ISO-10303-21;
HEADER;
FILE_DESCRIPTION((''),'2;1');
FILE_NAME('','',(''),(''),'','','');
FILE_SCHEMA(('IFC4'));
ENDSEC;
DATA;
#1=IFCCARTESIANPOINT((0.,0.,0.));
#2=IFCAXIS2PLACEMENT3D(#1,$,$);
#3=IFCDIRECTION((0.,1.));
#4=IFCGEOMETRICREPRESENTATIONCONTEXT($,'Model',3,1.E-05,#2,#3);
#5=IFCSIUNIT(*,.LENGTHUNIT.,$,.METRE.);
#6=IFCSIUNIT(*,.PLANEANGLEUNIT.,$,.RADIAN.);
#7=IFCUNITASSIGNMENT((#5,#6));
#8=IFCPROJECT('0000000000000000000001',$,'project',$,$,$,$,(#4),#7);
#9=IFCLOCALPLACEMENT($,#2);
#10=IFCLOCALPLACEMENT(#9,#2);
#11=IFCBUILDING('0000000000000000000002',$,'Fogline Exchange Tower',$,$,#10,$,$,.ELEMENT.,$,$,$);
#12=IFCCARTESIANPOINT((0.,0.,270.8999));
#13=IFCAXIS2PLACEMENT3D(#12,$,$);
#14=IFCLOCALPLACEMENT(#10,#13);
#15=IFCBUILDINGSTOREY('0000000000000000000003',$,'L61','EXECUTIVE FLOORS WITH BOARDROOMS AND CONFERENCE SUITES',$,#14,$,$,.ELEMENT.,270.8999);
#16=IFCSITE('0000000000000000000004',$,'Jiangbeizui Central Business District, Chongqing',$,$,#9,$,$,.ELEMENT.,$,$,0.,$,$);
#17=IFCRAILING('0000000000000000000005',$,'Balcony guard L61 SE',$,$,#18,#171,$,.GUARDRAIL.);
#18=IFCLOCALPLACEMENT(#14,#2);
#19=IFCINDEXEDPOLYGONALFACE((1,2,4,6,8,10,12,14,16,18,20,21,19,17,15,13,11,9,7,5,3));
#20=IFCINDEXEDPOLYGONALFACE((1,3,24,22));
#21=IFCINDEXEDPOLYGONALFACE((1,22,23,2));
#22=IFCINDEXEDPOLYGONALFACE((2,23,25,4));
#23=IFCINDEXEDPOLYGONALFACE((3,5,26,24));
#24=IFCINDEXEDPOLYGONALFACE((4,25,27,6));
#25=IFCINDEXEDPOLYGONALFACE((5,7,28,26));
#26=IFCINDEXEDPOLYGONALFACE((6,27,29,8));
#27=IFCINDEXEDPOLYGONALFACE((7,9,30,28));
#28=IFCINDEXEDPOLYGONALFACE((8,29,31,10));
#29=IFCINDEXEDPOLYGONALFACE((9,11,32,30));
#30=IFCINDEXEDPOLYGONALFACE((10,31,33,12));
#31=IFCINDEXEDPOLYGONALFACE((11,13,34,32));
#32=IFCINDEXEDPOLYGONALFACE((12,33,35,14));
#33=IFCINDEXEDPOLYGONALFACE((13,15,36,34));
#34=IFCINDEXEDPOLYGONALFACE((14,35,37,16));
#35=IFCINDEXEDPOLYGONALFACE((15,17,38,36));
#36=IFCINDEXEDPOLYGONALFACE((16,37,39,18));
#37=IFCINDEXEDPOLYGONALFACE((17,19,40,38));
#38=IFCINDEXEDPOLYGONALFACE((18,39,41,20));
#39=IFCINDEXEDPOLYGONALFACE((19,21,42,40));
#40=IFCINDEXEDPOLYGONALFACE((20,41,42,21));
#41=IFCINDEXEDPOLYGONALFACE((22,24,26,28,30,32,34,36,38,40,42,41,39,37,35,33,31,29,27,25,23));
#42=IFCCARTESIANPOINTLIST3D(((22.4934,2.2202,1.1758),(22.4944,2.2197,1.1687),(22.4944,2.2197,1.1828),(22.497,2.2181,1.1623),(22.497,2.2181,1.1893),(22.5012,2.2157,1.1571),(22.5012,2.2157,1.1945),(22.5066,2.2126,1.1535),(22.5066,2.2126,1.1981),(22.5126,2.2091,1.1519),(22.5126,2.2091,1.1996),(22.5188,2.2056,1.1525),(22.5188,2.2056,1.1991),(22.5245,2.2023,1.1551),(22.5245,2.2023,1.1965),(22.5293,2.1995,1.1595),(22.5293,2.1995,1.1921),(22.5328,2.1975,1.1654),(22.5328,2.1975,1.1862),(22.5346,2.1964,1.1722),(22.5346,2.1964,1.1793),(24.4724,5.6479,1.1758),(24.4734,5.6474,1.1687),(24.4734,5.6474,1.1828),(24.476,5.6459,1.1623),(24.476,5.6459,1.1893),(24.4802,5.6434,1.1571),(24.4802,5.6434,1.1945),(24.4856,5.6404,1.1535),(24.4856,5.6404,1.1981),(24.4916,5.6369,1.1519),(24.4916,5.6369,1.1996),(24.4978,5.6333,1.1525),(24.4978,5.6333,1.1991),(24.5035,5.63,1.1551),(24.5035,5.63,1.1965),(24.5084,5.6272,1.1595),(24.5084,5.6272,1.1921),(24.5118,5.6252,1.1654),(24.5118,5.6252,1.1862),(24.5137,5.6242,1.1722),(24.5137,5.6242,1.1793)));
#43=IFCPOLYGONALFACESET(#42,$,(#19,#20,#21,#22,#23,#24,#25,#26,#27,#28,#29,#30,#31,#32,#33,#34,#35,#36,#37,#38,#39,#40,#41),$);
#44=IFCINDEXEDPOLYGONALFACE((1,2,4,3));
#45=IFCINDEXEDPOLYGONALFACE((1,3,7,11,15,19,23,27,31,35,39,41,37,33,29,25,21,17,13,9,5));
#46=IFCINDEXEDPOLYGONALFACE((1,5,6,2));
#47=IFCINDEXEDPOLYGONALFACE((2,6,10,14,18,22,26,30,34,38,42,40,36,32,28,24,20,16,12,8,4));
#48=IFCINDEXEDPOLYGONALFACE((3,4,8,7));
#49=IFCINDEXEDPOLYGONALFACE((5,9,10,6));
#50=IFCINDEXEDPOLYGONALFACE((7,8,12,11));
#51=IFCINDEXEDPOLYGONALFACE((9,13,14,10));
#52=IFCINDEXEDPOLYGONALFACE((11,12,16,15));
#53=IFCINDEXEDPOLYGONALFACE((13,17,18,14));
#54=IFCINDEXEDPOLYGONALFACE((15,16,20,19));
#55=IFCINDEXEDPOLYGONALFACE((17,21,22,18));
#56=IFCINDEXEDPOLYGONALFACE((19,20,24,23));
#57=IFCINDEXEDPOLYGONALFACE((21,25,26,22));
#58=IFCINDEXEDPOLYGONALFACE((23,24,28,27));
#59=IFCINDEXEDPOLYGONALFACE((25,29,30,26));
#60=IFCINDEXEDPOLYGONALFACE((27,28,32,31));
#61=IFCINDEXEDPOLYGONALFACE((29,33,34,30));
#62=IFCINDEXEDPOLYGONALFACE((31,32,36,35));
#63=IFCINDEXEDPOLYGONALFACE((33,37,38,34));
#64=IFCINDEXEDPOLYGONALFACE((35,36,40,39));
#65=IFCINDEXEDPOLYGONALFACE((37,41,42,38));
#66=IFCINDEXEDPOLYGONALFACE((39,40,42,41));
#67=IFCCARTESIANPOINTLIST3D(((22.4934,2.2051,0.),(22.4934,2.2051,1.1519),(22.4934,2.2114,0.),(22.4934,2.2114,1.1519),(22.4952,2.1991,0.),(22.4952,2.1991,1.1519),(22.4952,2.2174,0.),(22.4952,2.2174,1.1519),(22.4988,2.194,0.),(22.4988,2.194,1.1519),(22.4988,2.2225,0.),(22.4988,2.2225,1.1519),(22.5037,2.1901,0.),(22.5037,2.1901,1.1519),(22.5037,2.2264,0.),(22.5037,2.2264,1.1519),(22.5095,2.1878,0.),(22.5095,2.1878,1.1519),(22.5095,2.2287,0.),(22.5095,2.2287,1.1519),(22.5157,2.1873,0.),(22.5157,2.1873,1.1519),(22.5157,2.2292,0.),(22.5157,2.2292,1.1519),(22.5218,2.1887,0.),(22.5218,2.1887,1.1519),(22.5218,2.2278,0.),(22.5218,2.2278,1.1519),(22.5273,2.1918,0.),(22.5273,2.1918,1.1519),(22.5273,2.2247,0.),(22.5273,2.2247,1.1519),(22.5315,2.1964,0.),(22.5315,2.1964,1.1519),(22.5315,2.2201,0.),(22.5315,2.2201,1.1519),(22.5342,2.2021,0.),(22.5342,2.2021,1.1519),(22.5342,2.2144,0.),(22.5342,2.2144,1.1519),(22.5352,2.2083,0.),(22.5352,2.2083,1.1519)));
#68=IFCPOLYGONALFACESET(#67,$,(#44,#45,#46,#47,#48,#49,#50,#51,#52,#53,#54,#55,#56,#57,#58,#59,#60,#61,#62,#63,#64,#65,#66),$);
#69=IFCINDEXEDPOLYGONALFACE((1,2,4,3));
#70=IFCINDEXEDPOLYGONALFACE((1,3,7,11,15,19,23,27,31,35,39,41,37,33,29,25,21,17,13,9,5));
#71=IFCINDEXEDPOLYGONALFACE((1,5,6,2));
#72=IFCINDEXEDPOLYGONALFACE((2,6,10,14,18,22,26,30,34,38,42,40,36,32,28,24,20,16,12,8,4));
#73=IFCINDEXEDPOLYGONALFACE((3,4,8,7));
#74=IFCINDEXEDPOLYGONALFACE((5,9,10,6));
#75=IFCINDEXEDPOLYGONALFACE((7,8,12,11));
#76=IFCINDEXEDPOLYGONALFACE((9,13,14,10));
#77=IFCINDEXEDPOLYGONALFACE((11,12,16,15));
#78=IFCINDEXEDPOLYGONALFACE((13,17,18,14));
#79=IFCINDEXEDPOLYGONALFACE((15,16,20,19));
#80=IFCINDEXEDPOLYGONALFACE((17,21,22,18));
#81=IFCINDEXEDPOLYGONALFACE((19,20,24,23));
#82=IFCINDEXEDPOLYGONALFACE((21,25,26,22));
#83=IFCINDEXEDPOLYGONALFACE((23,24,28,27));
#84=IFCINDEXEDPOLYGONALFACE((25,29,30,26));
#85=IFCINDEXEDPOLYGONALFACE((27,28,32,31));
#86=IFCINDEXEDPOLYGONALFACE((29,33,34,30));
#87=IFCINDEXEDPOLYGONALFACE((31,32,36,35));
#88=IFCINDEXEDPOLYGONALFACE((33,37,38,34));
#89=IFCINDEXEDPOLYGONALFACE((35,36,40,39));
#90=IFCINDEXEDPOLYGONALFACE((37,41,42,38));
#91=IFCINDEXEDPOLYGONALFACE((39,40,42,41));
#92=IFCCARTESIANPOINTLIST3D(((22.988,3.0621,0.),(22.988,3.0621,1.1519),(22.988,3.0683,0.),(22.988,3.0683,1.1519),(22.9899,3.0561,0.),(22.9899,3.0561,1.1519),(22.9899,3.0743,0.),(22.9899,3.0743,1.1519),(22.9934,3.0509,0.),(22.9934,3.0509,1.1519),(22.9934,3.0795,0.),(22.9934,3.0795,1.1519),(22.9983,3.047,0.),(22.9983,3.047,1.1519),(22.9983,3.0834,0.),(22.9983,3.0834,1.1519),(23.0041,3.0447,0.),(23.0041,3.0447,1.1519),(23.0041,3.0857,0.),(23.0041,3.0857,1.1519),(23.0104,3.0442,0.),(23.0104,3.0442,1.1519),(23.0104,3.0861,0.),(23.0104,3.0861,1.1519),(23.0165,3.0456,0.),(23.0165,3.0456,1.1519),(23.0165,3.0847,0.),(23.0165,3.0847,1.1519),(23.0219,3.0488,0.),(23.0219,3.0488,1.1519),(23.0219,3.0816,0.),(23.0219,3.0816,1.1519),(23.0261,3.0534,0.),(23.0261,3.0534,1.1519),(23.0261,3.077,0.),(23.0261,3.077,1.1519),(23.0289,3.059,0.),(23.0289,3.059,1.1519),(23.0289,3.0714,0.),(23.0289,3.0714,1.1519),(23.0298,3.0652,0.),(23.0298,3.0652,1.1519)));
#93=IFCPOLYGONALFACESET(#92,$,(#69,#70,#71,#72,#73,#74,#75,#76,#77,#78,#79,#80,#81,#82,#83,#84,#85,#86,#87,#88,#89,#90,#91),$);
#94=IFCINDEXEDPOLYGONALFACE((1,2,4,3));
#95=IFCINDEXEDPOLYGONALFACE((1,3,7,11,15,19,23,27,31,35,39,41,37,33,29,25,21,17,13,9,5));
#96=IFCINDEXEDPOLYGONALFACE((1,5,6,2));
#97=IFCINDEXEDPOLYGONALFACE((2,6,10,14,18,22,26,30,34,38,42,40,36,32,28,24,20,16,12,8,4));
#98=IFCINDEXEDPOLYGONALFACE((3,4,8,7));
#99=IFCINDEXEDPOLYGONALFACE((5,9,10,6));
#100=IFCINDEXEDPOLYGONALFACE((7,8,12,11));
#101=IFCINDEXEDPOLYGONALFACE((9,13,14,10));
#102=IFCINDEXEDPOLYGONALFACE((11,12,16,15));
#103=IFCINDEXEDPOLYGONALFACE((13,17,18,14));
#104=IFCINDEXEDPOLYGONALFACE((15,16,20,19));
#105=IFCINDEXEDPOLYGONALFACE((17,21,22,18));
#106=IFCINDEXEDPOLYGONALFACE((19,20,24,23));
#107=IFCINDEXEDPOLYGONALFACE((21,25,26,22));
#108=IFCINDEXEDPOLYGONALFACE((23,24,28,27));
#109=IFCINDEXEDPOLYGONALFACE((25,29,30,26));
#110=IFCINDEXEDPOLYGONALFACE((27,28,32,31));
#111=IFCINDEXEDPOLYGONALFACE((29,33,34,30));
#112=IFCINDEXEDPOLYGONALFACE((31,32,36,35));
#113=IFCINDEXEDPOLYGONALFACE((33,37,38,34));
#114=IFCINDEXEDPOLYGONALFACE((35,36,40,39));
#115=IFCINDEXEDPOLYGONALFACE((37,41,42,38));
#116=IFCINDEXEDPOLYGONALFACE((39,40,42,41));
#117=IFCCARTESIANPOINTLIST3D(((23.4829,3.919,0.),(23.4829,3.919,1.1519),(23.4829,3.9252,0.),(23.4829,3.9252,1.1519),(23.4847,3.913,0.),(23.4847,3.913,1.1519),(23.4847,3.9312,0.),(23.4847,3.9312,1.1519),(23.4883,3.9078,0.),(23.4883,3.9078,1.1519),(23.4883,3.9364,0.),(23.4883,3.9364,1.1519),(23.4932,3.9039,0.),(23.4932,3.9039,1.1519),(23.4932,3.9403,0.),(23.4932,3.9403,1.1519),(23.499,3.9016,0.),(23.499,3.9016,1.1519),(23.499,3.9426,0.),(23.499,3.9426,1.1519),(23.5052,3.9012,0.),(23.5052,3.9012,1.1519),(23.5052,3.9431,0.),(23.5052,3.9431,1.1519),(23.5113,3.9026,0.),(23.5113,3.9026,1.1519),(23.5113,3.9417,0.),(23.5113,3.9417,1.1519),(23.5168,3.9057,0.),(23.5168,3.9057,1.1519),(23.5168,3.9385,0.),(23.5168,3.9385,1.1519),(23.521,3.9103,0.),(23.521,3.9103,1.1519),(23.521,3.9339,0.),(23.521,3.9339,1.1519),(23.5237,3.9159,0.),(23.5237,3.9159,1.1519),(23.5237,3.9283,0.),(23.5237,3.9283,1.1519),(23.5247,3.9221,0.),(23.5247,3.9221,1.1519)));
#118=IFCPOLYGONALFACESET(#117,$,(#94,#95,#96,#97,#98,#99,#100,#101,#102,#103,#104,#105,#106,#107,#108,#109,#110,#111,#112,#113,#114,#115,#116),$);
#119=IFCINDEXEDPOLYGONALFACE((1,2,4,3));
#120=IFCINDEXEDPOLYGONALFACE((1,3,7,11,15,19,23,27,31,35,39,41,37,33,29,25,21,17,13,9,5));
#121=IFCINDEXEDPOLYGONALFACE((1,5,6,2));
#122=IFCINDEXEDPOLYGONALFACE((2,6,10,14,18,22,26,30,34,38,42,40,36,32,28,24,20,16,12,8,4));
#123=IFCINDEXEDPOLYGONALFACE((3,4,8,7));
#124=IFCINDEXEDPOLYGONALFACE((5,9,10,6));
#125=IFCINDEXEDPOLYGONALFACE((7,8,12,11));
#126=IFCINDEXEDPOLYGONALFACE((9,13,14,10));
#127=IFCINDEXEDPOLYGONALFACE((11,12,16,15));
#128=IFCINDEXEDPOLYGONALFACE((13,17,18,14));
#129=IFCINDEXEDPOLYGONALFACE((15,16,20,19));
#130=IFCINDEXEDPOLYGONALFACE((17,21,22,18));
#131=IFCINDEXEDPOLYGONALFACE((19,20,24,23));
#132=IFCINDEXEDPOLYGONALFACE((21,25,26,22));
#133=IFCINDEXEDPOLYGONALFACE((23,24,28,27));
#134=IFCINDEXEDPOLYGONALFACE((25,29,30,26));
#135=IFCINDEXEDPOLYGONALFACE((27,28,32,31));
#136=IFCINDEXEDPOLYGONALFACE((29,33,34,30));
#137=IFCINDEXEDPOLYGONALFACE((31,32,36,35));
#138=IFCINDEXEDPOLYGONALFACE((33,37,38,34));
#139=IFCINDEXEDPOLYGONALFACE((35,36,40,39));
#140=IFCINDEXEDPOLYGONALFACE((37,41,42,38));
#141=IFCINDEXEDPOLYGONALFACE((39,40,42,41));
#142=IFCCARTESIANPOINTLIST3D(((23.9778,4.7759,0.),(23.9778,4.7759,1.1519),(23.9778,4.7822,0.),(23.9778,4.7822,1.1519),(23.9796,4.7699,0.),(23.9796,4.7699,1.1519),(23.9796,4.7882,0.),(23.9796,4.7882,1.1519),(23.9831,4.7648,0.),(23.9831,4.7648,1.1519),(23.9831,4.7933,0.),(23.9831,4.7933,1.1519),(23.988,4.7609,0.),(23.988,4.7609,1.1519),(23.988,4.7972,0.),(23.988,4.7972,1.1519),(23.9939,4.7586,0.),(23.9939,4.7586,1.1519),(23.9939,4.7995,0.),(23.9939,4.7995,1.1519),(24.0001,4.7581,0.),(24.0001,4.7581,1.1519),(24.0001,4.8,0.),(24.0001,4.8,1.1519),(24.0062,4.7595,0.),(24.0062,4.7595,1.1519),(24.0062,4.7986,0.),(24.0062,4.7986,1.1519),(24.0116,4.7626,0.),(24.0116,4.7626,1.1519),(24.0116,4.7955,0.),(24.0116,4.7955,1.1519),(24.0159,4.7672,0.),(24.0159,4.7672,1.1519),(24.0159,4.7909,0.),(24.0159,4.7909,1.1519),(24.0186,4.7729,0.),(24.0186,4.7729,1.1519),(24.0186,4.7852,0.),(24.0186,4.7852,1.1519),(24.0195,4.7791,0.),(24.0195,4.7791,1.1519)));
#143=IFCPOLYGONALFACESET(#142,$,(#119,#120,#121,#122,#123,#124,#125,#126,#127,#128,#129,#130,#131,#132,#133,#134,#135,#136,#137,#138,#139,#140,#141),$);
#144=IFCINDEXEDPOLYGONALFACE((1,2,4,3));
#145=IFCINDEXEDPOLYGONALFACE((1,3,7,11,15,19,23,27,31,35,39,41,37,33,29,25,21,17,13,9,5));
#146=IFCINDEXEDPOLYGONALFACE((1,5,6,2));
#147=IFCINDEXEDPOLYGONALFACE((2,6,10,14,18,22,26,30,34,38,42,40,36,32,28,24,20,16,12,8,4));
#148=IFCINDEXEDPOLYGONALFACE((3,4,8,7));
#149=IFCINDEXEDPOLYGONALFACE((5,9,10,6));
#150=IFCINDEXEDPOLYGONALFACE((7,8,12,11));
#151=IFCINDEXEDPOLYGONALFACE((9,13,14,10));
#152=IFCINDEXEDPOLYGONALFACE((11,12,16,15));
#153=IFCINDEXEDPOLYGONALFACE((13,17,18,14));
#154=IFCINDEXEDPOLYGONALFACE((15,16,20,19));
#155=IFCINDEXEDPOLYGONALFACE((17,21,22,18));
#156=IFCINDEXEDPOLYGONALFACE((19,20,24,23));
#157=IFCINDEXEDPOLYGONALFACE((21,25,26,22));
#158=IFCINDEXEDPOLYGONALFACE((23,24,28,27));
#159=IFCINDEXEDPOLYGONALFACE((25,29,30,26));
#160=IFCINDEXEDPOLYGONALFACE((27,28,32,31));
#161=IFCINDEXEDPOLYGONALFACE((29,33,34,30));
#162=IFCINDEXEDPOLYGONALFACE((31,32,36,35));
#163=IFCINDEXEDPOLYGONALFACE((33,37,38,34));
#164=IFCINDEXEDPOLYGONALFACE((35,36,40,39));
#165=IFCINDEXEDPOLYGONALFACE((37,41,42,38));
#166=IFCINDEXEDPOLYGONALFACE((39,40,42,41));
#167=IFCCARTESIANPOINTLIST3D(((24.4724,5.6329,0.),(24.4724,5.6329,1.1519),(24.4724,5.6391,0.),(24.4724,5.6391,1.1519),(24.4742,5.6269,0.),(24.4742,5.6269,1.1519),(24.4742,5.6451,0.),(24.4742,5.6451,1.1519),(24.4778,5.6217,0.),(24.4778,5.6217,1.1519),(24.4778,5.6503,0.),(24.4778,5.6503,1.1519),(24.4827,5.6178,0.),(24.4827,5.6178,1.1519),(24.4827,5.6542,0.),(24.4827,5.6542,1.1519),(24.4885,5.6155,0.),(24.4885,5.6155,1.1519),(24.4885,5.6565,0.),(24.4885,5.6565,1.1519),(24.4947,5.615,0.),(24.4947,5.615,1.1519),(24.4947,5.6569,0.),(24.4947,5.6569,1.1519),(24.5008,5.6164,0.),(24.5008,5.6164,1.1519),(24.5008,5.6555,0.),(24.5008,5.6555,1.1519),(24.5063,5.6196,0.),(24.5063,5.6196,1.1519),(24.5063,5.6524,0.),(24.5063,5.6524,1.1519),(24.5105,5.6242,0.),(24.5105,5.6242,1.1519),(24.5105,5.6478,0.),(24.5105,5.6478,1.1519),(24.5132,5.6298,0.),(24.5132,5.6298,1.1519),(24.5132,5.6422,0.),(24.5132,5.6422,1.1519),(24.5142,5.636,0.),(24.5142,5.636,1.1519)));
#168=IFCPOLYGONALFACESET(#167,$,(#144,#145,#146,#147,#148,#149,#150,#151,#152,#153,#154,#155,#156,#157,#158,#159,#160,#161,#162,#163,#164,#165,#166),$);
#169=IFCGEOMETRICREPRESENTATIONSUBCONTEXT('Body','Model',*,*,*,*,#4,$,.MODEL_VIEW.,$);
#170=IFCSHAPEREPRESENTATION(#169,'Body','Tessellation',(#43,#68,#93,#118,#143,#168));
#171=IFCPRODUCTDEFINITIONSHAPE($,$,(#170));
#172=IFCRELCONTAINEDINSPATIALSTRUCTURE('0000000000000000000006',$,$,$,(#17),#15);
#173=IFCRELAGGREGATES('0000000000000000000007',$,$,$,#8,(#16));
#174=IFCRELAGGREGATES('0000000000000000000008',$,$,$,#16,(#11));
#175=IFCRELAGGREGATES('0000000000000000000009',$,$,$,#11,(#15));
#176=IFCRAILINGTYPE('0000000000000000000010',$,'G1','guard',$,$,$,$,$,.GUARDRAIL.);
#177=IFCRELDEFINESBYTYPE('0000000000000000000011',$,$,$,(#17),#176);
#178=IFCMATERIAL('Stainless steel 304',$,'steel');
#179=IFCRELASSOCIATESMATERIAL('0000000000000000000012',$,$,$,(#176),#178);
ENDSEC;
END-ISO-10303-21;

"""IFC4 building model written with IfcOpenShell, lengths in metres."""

from ifc_helpers import new_model, si_unit, direction, frame, origin, origin_2d, place, context, subcontext, project, spatial, circle, extrude, material, type_object, element, save


model = new_model("IFC4")

# Units and contexts
model_context = context("Model", 3, precision=1e-05, world=origin(), true_north=direction((0.0, 1.0)))
body_context = subcontext(model_context, "Body", "Model", "MODEL_VIEW")
ifc_project = project(units=[si_unit("LENGTHUNIT", "METRE"), si_unit("PLANEANGLEUNIT", "RADIAN")], contexts=[model_context])

# Site, building, storey
site_placement = place(None, origin())
site = spatial("IfcSite", under=ifc_project, at=site_placement, Name="Jiangbeizui Central Business District, Chongqing", CompositionType="ELEMENT", RefElevation=0.0)
building_placement = place(site_placement, origin())
building = spatial("IfcBuilding", under=site, at=building_placement, Name="Fogline Exchange Tower", CompositionType="ELEMENT")
storey_placement = place(building_placement, frame((0.0, 0.0, 270.8999)))
storey = spatial("IfcBuildingStorey", under=building, at=storey_placement, Name="L61", Description="EXECUTIVE FLOORS WITH BOARDROOMS AND CONFERENCE SUITES", CompositionType="ELEMENT", Elevation=270.8999)

# Railing
ifc_material_1 = material(Name="Stainless steel 304", Category="steel")
railing_type = type_object("IfcRailingType", Name="G1", Description="guard", PredefinedType="GUARDRAIL", material=ifc_material_1)
railing_placement = place(storey_placement, frame((22.5142, 2.2083, 0.0)))
element("IfcRailing", 1, at=railing_placement, inside=storey, type_object=railing_type, Name="Balcony guard L61 SE", PredefinedType="GUARDRAIL", context=body_context, shape_type="SweptSolid", body=[
    extrude(circle(Radius=0.0239, at=origin_2d()), frame((0.0, 0.0, 1.1758), z_axis=(0.5, 0.866025, 0.0), x_axis=(-0.866025, 0.5, 0.0)), (0.0, 0.0, 1.0), 3.958),
    extrude(circle(Radius=0.021, at=origin_2d()), origin(), (0.0, 0.0, 1.0), 1.1519),
    extrude(circle(Radius=0.021, at=origin_2d()), frame((0.4946, 0.8569, 0.0)), (0.0, 0.0, 1.0), 1.1519),
    extrude(circle(Radius=0.021, at=origin_2d()), frame((0.9895, 1.7139, 0.0)), (0.0, 0.0, 1.0), 1.1519),
    extrude(circle(Radius=0.021, at=origin_2d()), frame((1.4844, 2.5708, 0.0)), (0.0, 0.0, 1.0), 1.1519),
    extrude(circle(Radius=0.021, at=origin_2d()), frame((1.979, 3.4277, 0.0)), (0.0, 0.0, 1.0), 1.1519),
])

save(model, "model.ifc")
